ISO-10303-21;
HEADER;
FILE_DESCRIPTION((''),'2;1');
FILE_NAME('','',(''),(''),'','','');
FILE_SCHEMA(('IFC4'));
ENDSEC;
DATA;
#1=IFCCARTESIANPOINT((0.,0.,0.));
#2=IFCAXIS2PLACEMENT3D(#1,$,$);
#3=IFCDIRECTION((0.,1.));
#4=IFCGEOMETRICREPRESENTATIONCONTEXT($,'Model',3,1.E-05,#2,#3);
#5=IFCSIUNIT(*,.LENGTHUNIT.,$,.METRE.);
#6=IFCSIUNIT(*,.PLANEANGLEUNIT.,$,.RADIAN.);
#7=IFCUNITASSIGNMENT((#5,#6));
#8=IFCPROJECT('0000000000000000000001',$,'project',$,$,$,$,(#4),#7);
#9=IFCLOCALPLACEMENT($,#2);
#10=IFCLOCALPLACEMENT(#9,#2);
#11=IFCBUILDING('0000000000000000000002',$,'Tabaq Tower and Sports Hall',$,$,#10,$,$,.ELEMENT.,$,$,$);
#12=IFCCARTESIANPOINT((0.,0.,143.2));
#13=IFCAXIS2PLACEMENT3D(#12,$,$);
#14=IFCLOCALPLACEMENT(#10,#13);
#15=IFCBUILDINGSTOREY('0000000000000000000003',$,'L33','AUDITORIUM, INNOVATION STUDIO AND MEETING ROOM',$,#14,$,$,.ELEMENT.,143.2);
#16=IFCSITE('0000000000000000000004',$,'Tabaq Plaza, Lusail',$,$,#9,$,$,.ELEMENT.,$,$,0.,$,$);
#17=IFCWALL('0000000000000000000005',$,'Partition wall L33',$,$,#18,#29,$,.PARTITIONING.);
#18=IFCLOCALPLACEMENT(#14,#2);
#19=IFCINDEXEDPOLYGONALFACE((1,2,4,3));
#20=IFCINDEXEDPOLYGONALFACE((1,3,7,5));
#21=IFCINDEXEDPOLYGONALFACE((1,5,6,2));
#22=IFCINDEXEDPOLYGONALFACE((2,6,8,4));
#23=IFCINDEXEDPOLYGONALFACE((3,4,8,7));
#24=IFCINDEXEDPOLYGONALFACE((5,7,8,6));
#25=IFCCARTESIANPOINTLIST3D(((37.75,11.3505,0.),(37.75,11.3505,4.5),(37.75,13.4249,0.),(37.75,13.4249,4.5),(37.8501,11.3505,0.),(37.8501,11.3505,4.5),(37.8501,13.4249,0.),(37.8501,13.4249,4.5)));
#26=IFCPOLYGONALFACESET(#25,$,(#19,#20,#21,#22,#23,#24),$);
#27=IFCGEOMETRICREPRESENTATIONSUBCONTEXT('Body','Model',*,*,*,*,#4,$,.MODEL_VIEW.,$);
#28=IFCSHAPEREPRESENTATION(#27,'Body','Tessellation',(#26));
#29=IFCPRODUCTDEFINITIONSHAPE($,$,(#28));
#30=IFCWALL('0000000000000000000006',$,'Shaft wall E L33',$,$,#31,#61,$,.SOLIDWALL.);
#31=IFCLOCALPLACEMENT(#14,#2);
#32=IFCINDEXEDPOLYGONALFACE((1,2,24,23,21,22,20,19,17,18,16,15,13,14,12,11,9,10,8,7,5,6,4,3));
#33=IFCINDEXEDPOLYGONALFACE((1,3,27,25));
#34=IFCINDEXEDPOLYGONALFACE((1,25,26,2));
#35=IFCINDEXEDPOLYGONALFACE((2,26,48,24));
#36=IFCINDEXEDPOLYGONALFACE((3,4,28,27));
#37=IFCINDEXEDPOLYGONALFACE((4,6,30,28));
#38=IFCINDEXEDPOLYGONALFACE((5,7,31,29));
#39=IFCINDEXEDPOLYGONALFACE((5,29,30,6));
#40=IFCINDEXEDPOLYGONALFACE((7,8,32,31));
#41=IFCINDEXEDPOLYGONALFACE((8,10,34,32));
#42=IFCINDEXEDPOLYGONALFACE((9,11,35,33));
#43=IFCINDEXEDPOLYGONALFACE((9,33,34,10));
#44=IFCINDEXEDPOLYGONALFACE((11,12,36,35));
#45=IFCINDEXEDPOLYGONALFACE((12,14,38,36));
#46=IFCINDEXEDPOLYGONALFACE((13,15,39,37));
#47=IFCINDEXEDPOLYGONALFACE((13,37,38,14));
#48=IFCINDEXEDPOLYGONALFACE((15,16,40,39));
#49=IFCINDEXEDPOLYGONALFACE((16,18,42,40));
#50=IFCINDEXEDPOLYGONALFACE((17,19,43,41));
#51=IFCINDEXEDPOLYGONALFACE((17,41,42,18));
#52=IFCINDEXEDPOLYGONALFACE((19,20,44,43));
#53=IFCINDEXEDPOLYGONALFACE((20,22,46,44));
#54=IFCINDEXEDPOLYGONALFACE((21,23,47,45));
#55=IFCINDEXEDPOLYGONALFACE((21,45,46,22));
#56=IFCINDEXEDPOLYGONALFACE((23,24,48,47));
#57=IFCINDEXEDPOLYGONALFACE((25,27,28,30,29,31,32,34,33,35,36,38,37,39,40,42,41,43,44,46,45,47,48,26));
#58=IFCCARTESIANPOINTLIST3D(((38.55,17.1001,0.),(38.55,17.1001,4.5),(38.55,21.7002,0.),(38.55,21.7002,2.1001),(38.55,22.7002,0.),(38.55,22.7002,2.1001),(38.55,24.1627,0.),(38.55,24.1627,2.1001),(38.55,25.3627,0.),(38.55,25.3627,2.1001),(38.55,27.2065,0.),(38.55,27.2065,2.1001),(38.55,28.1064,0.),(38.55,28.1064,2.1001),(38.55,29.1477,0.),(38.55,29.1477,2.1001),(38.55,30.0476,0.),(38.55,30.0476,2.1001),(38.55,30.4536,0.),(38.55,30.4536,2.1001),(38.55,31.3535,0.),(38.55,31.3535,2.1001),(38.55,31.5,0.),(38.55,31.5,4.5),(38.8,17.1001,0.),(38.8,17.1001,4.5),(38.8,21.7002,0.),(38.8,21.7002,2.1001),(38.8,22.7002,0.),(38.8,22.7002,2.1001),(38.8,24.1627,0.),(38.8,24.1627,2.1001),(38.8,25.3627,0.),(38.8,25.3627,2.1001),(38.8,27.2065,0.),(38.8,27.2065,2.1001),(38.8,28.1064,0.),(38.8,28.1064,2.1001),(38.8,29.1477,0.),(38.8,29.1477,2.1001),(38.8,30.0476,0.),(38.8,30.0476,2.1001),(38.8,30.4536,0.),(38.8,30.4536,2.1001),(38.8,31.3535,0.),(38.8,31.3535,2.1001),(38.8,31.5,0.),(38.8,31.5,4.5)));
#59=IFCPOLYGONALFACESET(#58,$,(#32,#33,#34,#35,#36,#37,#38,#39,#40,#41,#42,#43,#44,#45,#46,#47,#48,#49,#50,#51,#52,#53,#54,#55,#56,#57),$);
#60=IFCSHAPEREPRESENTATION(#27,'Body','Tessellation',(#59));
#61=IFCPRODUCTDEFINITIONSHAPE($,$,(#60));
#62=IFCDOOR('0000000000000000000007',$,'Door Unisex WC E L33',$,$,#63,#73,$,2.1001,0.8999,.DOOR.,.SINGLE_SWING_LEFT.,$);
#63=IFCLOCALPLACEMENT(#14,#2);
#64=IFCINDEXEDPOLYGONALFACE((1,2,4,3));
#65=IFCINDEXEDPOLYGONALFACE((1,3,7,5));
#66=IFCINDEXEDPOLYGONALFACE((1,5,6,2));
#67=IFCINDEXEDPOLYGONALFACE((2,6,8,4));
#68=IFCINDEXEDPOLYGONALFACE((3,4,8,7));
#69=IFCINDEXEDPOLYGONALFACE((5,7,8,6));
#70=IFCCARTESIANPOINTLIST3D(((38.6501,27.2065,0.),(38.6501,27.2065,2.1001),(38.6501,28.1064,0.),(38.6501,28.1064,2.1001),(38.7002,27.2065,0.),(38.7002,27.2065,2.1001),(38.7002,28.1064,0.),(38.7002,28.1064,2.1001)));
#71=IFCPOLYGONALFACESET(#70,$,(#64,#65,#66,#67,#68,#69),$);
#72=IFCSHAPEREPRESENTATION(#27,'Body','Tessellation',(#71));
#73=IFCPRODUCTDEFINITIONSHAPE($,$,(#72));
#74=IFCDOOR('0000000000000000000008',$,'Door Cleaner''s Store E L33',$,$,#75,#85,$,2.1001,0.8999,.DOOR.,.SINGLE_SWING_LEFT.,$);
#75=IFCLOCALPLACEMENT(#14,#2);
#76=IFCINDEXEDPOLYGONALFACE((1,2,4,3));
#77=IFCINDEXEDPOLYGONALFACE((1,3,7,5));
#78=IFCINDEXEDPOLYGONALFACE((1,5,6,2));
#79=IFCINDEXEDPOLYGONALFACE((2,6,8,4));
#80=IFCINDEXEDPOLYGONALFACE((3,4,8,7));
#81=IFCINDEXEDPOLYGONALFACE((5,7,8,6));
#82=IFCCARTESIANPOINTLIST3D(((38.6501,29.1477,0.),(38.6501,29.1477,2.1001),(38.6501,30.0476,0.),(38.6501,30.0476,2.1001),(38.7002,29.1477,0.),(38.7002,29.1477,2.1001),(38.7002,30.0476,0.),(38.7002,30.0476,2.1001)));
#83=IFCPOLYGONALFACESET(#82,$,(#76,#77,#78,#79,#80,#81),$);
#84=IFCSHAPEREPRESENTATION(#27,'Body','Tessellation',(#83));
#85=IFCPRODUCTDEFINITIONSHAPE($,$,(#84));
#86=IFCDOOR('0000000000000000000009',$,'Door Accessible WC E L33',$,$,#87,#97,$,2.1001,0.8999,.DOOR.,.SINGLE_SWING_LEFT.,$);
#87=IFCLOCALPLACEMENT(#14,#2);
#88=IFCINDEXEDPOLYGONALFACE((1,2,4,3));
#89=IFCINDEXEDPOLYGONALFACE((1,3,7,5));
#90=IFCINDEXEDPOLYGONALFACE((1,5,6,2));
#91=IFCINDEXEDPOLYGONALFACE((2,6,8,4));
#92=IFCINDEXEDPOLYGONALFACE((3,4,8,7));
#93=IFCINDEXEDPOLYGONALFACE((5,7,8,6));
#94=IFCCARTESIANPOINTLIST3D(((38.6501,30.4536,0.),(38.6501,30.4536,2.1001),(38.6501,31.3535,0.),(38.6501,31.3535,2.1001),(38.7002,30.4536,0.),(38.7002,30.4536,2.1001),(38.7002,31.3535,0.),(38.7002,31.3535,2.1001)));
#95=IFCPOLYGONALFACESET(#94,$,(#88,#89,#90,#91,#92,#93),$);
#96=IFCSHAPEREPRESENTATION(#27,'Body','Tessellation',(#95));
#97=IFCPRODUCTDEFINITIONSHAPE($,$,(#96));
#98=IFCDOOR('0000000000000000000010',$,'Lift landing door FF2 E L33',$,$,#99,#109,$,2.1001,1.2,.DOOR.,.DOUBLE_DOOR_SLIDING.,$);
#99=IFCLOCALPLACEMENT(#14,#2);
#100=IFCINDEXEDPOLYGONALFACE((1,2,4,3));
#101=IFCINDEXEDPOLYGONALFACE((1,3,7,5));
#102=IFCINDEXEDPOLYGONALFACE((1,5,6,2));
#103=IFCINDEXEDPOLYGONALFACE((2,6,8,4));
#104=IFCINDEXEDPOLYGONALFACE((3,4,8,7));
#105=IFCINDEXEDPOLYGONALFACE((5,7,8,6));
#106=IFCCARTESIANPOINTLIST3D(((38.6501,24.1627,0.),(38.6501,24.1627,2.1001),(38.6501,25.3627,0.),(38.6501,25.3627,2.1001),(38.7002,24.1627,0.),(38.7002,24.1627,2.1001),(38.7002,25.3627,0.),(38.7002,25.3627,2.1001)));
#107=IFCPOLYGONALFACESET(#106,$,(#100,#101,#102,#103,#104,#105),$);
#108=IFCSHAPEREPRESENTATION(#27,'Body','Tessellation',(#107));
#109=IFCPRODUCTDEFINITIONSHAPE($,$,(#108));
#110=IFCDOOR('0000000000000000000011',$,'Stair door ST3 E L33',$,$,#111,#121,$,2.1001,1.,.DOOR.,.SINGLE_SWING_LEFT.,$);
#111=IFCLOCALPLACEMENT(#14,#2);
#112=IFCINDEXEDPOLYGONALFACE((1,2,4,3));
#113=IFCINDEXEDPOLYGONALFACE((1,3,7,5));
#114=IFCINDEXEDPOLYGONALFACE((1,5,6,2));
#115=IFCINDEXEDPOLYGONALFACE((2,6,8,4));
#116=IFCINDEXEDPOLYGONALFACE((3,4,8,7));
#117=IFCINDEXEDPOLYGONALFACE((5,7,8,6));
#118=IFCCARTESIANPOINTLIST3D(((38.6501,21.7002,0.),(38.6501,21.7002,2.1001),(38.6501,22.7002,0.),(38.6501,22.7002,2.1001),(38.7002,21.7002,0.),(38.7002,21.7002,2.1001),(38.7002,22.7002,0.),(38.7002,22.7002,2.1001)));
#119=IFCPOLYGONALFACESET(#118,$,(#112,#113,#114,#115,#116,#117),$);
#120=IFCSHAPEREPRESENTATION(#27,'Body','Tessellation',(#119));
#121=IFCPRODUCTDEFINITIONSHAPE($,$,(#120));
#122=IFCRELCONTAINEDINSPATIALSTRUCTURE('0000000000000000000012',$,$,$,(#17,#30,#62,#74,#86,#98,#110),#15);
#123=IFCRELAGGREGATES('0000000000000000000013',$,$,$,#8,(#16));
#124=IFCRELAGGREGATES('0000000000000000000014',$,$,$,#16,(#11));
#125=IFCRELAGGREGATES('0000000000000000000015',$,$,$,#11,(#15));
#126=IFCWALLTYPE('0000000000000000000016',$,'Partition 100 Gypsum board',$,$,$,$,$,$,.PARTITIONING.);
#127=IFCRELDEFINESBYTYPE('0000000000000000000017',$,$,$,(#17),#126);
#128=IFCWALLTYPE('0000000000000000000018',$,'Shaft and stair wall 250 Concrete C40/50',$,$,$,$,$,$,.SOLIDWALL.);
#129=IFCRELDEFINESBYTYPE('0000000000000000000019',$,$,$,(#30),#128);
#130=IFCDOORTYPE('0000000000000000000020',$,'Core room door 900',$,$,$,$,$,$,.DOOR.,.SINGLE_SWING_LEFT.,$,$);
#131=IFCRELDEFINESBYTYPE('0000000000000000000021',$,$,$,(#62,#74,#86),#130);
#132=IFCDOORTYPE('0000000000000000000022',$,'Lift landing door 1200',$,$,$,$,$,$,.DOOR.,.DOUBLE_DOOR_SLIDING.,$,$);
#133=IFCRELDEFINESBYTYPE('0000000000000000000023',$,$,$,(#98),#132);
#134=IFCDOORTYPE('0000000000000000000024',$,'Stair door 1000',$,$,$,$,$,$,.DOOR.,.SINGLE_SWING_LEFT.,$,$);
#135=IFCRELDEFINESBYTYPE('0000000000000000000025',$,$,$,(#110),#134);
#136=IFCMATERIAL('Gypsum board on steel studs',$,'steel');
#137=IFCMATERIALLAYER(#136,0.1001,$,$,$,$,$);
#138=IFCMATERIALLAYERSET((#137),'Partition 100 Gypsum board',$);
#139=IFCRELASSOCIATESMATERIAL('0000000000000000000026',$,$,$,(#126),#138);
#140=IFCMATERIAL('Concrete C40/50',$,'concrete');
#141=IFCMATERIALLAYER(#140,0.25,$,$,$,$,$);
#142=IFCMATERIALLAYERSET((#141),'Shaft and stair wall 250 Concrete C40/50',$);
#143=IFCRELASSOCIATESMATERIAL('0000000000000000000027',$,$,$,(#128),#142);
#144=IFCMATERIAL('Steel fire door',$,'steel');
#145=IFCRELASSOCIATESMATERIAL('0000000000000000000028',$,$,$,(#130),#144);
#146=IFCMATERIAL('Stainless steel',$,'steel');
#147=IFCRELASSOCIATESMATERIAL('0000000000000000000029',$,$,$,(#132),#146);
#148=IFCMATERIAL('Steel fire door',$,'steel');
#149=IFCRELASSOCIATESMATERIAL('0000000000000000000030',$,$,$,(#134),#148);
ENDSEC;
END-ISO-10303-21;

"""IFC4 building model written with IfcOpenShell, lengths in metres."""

from ifc_helpers import new_model, si_unit, direction, frame, frame_2d, origin, place, context, subcontext, project, spatial, rectangle, extrude, material, layer, layer_set, type_object, element, fill, save


model = new_model("IFC4")

# Units and contexts
model_context = context("Model", 3, precision=1e-05, world=origin(), true_north=direction((0.0, 1.0)))
body_context = subcontext(model_context, "Body", "Model", "MODEL_VIEW")
ifc_project = project(units=[si_unit("LENGTHUNIT", "METRE"), si_unit("PLANEANGLEUNIT", "RADIAN")], contexts=[model_context])

# Site, building, storey
site_placement = place(None, origin())
site = spatial("IfcSite", under=ifc_project, at=site_placement, Name="Tabaq Plaza, Lusail", CompositionType="ELEMENT", RefElevation=0.0)
building_placement = place(site_placement, origin())
building = spatial("IfcBuilding", under=site, at=building_placement, Name="Tabaq Tower and Sports Hall", CompositionType="ELEMENT")
storey_placement = place(building_placement, frame((0.0, 0.0, 143.2)))
storey = spatial("IfcBuildingStorey", under=building, at=storey_placement, Name="L33", Description="AUDITORIUM, INNOVATION STUDIO AND MEETING ROOM", CompositionType="ELEMENT", Elevation=143.2)

# Wall
ifc_material_1 = material(Name="Gypsum board on steel studs", Category="steel")
ifc_layer_1 = layer(ifc_material_1, 0.1001)
ifc_layer_set_1 = layer_set([ifc_layer_1], Name="Partition 100 Gypsum board")
wall_type_1 = type_object("IfcWallType", Name="Partition 100 Gypsum board", PredefinedType="PARTITIONING", material=ifc_layer_set_1)
wall_1_placement = place(storey_placement, frame((37.8, 11.3506, 0.0), z_axis=(0.0, 0.0, 1.0), x_axis=(0.0, 1.0, 0.0)))
element("IfcWall", 1, at=wall_1_placement, inside=storey, type_object=wall_type_1, Name="Partition wall L33", PredefinedType="PARTITIONING", context=body_context, shape_type="SweptSolid", body=[
    extrude(rectangle(XDim=2.0745, YDim=0.1001, at=frame_2d((1.0371, 0.0))), origin(), (0.0, 0.0, 1.0), 4.5),
])

# Wall, openings, doors
ifc_material_2 = material(Name="Concrete C40/50", Category="concrete")
ifc_layer_2 = layer(ifc_material_2, 0.25)
ifc_layer_set_2 = layer_set([ifc_layer_2], Name="Shaft and stair wall 250 Concrete C40/50")
wall_type_2 = type_object("IfcWallType", Name="Shaft and stair wall 250 Concrete C40/50", PredefinedType="SOLIDWALL", material=ifc_layer_set_2)
wall_2_placement = place(storey_placement, frame((38.675, 17.1001, 0.0), z_axis=(0.0, 0.0, 1.0), x_axis=(0.0, 1.0, 0.0)))
wall_2 = element("IfcWall", 2, at=wall_2_placement, inside=storey, type_object=wall_type_2, Name="Shaft wall E L33", PredefinedType="SOLIDWALL", context=body_context, shape_type="SweptSolid", body=[
    extrude(rectangle(XDim=14.3999, YDim=0.25, at=frame_2d((7.2, 0.0))), origin(), (0.0, 0.0, 1.0), 4.5),
])
opening_1_placement = place(wall_2_placement, frame((4.6001, 0.0, 0.0)))
opening_1 = element("IfcOpeningElement", 3, at=opening_1_placement, cuts=wall_2, PredefinedType="OPENING", context=body_context, shape_type="SweptSolid", body=[
    extrude(rectangle(XDim=1.0, YDim=2.1001, at=frame_2d((0.5, 1.05))), frame((0.0, 0.125, 0.0), z_axis=(0.0, -1.0, 0.0), x_axis=(1.0, 0.0, 0.0)), (0.0, 0.0, 1.0), 0.25),
])
opening_2_placement = place(wall_2_placement, frame((7.0625, 0.0, 0.0)))
opening_2 = element("IfcOpeningElement", 4, at=opening_2_placement, cuts=wall_2, PredefinedType="OPENING", context=body_context, shape_type="SweptSolid", body=[
    extrude(rectangle(XDim=1.2, YDim=2.1001, at=frame_2d((0.6001, 1.05))), frame((0.0, 0.125, 0.0), z_axis=(0.0, -1.0, 0.0), x_axis=(1.0, 0.0, 0.0)), (0.0, 0.0, 1.0), 0.25),
])
opening_3_placement = place(wall_2_placement, frame((10.1064, 0.0, 0.0)))
opening_3 = element("IfcOpeningElement", 5, at=opening_3_placement, cuts=wall_2, PredefinedType="OPENING", context=body_context, shape_type="SweptSolid", body=[
    extrude(rectangle(XDim=0.8999, YDim=2.1001, at=frame_2d((0.45, 1.05))), frame((0.0, 0.125, 0.0), z_axis=(0.0, -1.0, 0.0), x_axis=(1.0, 0.0, 0.0)), (0.0, 0.0, 1.0), 0.25),
])
opening_4_placement = place(wall_2_placement, frame((12.0476, 0.0, 0.0)))
opening_4 = element("IfcOpeningElement", 6, at=opening_4_placement, cuts=wall_2, PredefinedType="OPENING", context=body_context, shape_type="SweptSolid", body=[
    extrude(rectangle(XDim=0.8999, YDim=2.1001, at=frame_2d((0.45, 1.05))), frame((0.0, 0.125, 0.0), z_axis=(0.0, -1.0, 0.0), x_axis=(1.0, 0.0, 0.0)), (0.0, 0.0, 1.0), 0.25),
])
opening_5_placement = place(wall_2_placement, frame((13.3535, 0.0, 0.0)))
opening_5 = element("IfcOpeningElement", 7, at=opening_5_placement, cuts=wall_2, PredefinedType="OPENING", context=body_context, shape_type="SweptSolid", body=[
    extrude(rectangle(XDim=0.8999, YDim=2.1001, at=frame_2d((0.45, 1.05))), frame((0.0, 0.125, 0.0), z_axis=(0.0, -1.0, 0.0), x_axis=(1.0, 0.0, 0.0)), (0.0, 0.0, 1.0), 0.25),
])
ifc_material_3 = material(Name="Steel fire door", Category="steel")
door_type_1 = type_object("IfcDoorType", Name="Core room door 900", OperationType="SINGLE_SWING_LEFT", PredefinedType="DOOR", material=ifc_material_3)
door_1_placement = place(opening_3_placement, origin())
door_1 = element("IfcDoor", 8, at=door_1_placement, inside=storey, type_object=door_type_1, Name="Door Unisex WC E L33", OperationType="SINGLE_SWING_LEFT", OverallHeight=2.1001, OverallWidth=0.8999, PredefinedType="DOOR", context=body_context, shape_type="SweptSolid", body=[
    extrude(rectangle(XDim=0.8999, YDim=2.1001, at=frame_2d((0.45, 1.05))), frame((0.0, 0.0249, 0.0), z_axis=(0.0, -1.0, 0.0), x_axis=(1.0, 0.0, 0.0)), (0.0, 0.0, 1.0), 0.05),
])
fill(opening_3, door_1)
door_2_placement = place(opening_4_placement, origin())
door_2 = element("IfcDoor", 9, at=door_2_placement, inside=storey, type_object=door_type_1, Name="Door Cleaner's Store E L33", OperationType="SINGLE_SWING_LEFT", OverallHeight=2.1001, OverallWidth=0.8999, PredefinedType="DOOR", context=body_context, shape_type="SweptSolid", body=[
    extrude(rectangle(XDim=0.8999, YDim=2.1001, at=frame_2d((0.45, 1.05))), frame((0.0, 0.0249, 0.0), z_axis=(0.0, -1.0, 0.0), x_axis=(1.0, 0.0, 0.0)), (0.0, 0.0, 1.0), 0.05),
])
fill(opening_4, door_2)
door_3_placement = place(opening_5_placement, origin())
door_3 = element("IfcDoor", 10, at=door_3_placement, inside=storey, type_object=door_type_1, Name="Door Accessible WC E L33", OperationType="SINGLE_SWING_LEFT", OverallHeight=2.1001, OverallWidth=0.8999, PredefinedType="DOOR", context=body_context, shape_type="SweptSolid", body=[
    extrude(rectangle(XDim=0.8999, YDim=2.1001, at=frame_2d((0.45, 1.05))), frame((0.0, 0.0249, 0.0), z_axis=(0.0, -1.0, 0.0), x_axis=(1.0, 0.0, 0.0)), (0.0, 0.0, 1.0), 0.05),
])
fill(opening_5, door_3)
ifc_material_4 = material(Name="Stainless steel", Category="steel")
door_type_2 = type_object("IfcDoorType", Name="Lift landing door 1200", OperationType="DOUBLE_DOOR_SLIDING", PredefinedType="DOOR", material=ifc_material_4)
door_4_placement = place(opening_2_placement, origin())
door_4 = element("IfcDoor", 11, at=door_4_placement, inside=storey, type_object=door_type_2, Name="Lift landing door FF2 E L33", OperationType="DOUBLE_DOOR_SLIDING", OverallHeight=2.1001, OverallWidth=1.2, PredefinedType="DOOR", context=body_context, shape_type="SweptSolid", body=[
    extrude(rectangle(XDim=1.2, YDim=2.1001, at=frame_2d((0.6001, 1.05))), frame((0.0, 0.0249, 0.0), z_axis=(0.0, -1.0, 0.0), x_axis=(1.0, 0.0, 0.0)), (0.0, 0.0, 1.0), 0.05),
])
fill(opening_2, door_4)
ifc_material_5 = material(Name="Steel fire door", Category="steel")
door_type_3 = type_object("IfcDoorType", Name="Stair door 1000", OperationType="SINGLE_SWING_LEFT", PredefinedType="DOOR", material=ifc_material_5)
door_5_placement = place(opening_1_placement, origin())
door_5 = element("IfcDoor", 12, at=door_5_placement, inside=storey, type_object=door_type_3, Name="Stair door ST3 E L33", OperationType="SINGLE_SWING_LEFT", OverallHeight=2.1001, OverallWidth=1.0, PredefinedType="DOOR", context=body_context, shape_type="SweptSolid", body=[
    extrude(rectangle(XDim=1.0, YDim=2.1001, at=frame_2d((0.5, 1.05))), frame((0.0, 0.0249, 0.0), z_axis=(0.0, -1.0, 0.0), x_axis=(1.0, 0.0, 0.0)), (0.0, 0.0, 1.0), 0.05),
])
fill(opening_1, door_5)

save(model, "model.ifc")
